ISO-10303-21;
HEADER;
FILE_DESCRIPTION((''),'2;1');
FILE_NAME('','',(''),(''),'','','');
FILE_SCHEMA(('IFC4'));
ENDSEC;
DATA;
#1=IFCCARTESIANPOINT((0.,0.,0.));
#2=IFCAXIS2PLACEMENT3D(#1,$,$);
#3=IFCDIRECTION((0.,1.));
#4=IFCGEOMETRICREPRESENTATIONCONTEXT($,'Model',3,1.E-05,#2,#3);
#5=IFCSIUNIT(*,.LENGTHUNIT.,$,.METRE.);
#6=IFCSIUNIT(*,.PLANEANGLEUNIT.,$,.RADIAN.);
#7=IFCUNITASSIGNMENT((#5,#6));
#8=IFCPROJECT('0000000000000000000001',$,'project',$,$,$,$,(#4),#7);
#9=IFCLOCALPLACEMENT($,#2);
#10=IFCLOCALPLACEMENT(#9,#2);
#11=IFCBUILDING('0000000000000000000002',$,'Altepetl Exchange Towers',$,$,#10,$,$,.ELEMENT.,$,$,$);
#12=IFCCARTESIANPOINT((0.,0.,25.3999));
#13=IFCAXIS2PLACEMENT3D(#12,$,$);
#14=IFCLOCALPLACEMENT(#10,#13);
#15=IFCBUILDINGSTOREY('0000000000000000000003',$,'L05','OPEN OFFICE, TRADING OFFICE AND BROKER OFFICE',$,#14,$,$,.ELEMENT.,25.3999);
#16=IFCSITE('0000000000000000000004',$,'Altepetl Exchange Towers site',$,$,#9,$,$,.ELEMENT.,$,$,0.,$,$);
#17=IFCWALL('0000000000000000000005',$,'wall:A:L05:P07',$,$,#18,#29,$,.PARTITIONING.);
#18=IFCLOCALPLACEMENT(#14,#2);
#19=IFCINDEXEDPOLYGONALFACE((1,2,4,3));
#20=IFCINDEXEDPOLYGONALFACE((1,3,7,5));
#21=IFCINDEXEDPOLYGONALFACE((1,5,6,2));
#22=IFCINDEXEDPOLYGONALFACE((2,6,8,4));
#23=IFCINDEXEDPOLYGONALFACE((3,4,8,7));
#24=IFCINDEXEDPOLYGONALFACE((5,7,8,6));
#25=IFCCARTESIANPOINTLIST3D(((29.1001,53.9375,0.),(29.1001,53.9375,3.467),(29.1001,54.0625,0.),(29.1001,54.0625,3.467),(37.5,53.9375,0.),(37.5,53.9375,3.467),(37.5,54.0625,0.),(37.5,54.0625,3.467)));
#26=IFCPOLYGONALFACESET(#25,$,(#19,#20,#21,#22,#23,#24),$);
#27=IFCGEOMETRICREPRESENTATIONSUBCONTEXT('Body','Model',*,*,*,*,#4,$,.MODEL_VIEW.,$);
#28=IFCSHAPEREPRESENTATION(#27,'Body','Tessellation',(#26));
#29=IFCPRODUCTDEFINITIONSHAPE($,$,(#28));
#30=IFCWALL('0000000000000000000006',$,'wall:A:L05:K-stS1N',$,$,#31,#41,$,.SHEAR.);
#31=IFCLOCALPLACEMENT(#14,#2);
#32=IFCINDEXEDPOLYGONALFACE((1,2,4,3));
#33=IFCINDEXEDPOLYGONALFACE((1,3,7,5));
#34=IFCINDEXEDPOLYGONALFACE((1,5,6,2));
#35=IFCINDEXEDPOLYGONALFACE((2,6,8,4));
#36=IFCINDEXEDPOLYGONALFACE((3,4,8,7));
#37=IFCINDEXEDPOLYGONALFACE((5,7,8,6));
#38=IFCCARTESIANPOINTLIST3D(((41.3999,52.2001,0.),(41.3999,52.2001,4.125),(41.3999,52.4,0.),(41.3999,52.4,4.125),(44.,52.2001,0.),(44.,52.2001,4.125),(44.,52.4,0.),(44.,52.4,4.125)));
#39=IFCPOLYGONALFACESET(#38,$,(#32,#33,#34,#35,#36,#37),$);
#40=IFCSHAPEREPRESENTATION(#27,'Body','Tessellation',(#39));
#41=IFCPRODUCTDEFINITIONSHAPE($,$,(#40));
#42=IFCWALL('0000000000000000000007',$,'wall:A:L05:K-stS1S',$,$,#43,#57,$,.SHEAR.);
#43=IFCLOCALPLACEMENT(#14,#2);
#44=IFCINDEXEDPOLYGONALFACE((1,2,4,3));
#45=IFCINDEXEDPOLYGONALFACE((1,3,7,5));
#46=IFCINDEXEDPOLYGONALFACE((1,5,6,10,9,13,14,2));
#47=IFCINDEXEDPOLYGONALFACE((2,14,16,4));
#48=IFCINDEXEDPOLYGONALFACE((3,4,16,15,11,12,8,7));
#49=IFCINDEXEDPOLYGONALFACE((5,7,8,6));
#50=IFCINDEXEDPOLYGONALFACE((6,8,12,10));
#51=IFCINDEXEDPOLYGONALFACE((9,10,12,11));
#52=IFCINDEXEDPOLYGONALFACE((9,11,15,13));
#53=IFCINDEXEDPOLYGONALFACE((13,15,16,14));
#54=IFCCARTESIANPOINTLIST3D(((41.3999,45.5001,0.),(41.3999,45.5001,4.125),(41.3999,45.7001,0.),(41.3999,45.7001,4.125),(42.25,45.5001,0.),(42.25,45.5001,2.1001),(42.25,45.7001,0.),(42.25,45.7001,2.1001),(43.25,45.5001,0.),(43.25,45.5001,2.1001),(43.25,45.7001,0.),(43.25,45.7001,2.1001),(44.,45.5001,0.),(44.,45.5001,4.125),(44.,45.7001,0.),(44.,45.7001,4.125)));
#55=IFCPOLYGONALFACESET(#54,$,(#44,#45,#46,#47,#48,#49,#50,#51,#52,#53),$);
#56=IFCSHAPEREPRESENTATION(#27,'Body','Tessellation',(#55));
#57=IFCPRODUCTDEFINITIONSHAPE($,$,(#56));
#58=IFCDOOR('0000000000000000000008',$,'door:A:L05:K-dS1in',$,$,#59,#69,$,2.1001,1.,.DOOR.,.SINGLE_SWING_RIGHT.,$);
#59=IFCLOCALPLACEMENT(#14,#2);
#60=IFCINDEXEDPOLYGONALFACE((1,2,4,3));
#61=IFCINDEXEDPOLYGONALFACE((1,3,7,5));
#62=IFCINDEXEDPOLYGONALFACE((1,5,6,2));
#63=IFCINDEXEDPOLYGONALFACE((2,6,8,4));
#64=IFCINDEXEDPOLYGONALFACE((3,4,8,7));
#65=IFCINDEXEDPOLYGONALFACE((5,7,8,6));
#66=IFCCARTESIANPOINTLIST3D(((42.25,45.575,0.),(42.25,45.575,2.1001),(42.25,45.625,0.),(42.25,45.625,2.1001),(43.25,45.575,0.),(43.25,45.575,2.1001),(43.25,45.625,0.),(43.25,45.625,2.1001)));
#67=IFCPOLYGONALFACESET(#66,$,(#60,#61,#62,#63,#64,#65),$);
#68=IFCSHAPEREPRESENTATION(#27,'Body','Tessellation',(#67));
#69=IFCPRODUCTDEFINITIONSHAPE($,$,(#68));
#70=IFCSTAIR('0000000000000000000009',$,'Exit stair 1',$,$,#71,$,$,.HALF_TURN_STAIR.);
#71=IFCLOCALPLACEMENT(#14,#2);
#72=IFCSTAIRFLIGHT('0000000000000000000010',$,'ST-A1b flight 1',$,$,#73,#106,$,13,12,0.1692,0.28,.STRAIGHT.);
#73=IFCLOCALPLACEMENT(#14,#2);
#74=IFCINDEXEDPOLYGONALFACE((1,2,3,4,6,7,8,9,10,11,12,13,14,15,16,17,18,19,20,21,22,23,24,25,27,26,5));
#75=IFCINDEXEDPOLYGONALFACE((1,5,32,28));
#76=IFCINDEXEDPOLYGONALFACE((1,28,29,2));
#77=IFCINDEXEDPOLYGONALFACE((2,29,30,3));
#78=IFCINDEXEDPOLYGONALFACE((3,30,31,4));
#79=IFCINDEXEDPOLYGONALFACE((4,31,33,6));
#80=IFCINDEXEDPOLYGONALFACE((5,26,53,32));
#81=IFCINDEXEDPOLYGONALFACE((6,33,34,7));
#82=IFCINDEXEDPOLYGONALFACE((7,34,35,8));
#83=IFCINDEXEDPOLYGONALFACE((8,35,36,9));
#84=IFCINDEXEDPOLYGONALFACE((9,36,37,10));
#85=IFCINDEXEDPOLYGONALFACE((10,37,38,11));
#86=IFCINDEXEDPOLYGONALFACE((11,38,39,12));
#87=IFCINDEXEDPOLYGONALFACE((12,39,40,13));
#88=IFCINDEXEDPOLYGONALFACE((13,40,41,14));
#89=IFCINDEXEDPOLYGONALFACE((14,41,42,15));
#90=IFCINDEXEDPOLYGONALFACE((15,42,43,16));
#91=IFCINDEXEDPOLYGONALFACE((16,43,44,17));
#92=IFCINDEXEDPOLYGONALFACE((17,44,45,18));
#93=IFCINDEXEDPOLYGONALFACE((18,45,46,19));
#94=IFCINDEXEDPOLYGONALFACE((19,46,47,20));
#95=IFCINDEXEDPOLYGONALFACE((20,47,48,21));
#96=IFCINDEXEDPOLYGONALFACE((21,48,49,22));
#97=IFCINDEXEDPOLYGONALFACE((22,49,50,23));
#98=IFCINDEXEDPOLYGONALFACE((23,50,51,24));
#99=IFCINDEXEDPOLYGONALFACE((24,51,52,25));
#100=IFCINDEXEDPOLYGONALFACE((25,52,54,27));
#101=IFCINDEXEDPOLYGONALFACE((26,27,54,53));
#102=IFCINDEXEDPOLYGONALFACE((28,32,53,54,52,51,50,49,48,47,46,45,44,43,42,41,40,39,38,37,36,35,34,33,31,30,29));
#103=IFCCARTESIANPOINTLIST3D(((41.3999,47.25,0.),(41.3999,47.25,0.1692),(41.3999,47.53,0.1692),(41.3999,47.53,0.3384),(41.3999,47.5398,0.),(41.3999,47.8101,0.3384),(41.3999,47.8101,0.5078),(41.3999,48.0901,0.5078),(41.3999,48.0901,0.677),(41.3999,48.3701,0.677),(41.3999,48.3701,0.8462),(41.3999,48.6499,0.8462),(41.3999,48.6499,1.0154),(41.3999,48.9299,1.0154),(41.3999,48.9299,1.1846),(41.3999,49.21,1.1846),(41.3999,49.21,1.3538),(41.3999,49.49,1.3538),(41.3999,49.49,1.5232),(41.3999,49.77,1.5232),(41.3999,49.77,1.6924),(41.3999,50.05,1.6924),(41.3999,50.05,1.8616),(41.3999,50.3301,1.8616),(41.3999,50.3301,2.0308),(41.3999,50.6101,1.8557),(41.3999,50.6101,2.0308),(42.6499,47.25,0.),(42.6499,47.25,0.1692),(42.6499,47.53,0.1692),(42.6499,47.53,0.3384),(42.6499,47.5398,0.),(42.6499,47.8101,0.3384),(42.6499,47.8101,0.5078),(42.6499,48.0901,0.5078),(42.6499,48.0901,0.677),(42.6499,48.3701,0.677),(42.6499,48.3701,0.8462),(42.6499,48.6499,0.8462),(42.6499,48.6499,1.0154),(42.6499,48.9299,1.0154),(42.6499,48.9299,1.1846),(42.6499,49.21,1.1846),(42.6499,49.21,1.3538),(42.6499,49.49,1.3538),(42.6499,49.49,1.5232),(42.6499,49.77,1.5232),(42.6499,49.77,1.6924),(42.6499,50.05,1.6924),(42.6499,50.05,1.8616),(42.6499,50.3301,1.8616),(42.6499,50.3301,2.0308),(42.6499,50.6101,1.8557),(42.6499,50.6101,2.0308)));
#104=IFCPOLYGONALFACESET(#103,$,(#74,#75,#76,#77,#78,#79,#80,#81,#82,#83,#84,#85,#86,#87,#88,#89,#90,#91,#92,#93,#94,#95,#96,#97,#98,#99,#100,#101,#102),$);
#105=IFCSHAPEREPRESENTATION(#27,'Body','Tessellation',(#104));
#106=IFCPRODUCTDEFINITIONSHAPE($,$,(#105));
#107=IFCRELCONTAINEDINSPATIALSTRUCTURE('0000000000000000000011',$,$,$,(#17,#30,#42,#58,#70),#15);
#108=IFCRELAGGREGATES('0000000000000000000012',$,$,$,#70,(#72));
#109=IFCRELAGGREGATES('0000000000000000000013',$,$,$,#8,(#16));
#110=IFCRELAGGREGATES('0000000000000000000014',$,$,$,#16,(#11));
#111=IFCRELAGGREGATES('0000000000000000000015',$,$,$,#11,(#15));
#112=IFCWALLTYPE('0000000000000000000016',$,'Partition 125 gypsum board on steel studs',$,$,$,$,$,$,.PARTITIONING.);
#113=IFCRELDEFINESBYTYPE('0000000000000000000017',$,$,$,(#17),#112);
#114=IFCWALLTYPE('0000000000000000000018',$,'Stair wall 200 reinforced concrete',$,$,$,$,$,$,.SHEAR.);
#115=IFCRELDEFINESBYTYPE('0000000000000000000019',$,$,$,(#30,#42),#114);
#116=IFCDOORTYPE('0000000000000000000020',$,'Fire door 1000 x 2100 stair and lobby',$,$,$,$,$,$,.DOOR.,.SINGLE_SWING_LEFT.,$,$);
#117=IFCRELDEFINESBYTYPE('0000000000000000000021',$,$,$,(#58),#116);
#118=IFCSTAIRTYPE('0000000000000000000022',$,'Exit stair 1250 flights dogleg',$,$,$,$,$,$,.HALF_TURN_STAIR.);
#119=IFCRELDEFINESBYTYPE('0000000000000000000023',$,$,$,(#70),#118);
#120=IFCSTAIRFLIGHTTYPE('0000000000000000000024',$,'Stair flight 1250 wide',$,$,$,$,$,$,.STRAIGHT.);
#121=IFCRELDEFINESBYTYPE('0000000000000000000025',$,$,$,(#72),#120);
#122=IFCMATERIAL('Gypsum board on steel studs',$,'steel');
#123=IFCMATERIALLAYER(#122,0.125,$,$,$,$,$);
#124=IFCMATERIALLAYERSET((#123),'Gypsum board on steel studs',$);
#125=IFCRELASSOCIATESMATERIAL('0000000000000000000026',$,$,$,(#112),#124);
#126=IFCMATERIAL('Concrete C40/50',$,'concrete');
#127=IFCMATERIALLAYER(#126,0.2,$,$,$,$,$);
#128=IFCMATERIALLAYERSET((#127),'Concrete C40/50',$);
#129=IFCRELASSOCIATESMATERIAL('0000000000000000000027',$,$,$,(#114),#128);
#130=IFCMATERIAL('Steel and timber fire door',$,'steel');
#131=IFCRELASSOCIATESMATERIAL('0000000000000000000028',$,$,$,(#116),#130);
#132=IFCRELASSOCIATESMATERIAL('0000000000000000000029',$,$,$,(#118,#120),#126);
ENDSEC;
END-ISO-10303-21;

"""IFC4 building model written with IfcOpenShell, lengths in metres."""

from ifc_helpers import new_model, si_unit, direction, frame, frame_2d, origin, place, context, subcontext, project, spatial, polyline, rectangle, outline, extrude, material, layer, layer_set, type_object, element, fill, aggregate, save


model = new_model("IFC4")

# Units and contexts
model_context = context("Model", 3, precision=1e-05, world=origin(), true_north=direction((0.0, 1.0)))
body_context = subcontext(model_context, "Body", "Model", "MODEL_VIEW")
ifc_project = project(units=[si_unit("LENGTHUNIT", "METRE"), si_unit("PLANEANGLEUNIT", "RADIAN")], contexts=[model_context])

# Site, building, storey
site_placement = place(None, origin())
site = spatial("IfcSite", under=ifc_project, at=site_placement, Name="Altepetl Exchange Towers site", CompositionType="ELEMENT", RefElevation=0.0)
building_placement = place(site_placement, origin())
building = spatial("IfcBuilding", under=site, at=building_placement, Name="Altepetl Exchange Towers", CompositionType="ELEMENT")
storey_placement = place(building_placement, frame((0.0, 0.0, 25.3999)))
storey = spatial("IfcBuildingStorey", under=building, at=storey_placement, Name="L05", Description="OPEN OFFICE, TRADING OFFICE AND BROKER OFFICE", CompositionType="ELEMENT", Elevation=25.3999)

# Walls
ifc_material_1 = material(Name="Gypsum board on steel studs", Category="steel")
ifc_layer_1 = layer(ifc_material_1, 0.125)
ifc_layer_set_1 = layer_set([ifc_layer_1], Name="Gypsum board on steel studs")
wall_type_1 = type_object("IfcWallType", Name="Partition 125 gypsum board on steel studs", PredefinedType="PARTITIONING", material=ifc_layer_set_1)
wall_1_placement = place(storey_placement, frame((29.1001, 54.0, 0.0)))
element("IfcWall", 1, at=wall_1_placement, inside=storey, type_object=wall_type_1, Name="wall:A:L05:P07", PredefinedType="PARTITIONING", context=body_context, shape_type="SweptSolid", body=[
    extrude(rectangle(XDim=8.3999, YDim=0.125, at=frame_2d((4.2, 0.0))), origin(), (0.0, 0.0, 1.0), 3.467),
])
ifc_material_2 = material(Name="Concrete C40/50", Category="concrete")
ifc_layer_2 = layer(ifc_material_2, 0.2)
ifc_layer_set_2 = layer_set([ifc_layer_2], Name="Concrete C40/50")
wall_type_2 = type_object("IfcWallType", Name="Stair wall 200 reinforced concrete", PredefinedType="SHEAR", material=ifc_layer_set_2)
wall_2_placement = place(storey_placement, frame((41.3999, 52.3, 0.0)))
element("IfcWall", 2, at=wall_2_placement, inside=storey, type_object=wall_type_2, Name="wall:A:L05:K-stS1N", PredefinedType="SHEAR", context=body_context, shape_type="SweptSolid", body=[
    extrude(rectangle(XDim=2.6001, YDim=0.2, at=frame_2d((1.3, 0.0))), origin(), (0.0, 0.0, 1.0), 4.125),
])

# Wall, opening, door
wall_3_placement = place(storey_placement, frame((41.3999, 45.6001, 0.0)))
wall_3 = element("IfcWall", 3, at=wall_3_placement, inside=storey, type_object=wall_type_2, Name="wall:A:L05:K-stS1S", PredefinedType="SHEAR", context=body_context, shape_type="SweptSolid", body=[
    extrude(rectangle(XDim=2.6001, YDim=0.2, at=frame_2d((1.3, 0.0))), origin(), (0.0, 0.0, 1.0), 4.125),
])
opening_placement = place(wall_3_placement, frame((0.8501, 0.0, 0.0)))
opening = element("IfcOpeningElement", 4, at=opening_placement, cuts=wall_3, PredefinedType="OPENING", context=body_context, shape_type="SweptSolid", body=[
    extrude(rectangle(XDim=1.0, YDim=2.1001, at=frame_2d((0.5, 1.05))), frame((0.0, 0.1099, 0.0), z_axis=(0.0, -1.0, 0.0), x_axis=(1.0, 0.0, 0.0)), (0.0, 0.0, 1.0), 0.22),
])
ifc_material_3 = material(Name="Steel and timber fire door", Category="steel")
door_type = type_object("IfcDoorType", Name="Fire door 1000 x 2100 stair and lobby", OperationType="SINGLE_SWING_LEFT", PredefinedType="DOOR", material=ifc_material_3)
door_placement = place(opening_placement, origin())
door = element("IfcDoor", 5, at=door_placement, inside=storey, type_object=door_type, Name="door:A:L05:K-dS1in", OperationType="SINGLE_SWING_RIGHT", OverallHeight=2.1001, OverallWidth=1.0, PredefinedType="DOOR", context=body_context, shape_type="SweptSolid", body=[
    extrude(rectangle(XDim=1.0, YDim=2.1001, at=frame_2d((0.5, 1.05))), frame((0.0, 0.0249, 0.0), z_axis=(0.0, -1.0, 0.0), x_axis=(1.0, 0.0, 0.0)), (0.0, 0.0, 1.0), 0.05),
])
fill(opening, door)

# Stair, stair flight
stair_type = type_object("IfcStairType", Name="Exit stair 1250 flights dogleg", PredefinedType="HALF_TURN_STAIR", material=ifc_material_2)
stair_placement = place(storey_placement, origin())
stair = element("IfcStair", 6, at=stair_placement, inside=storey, type_object=stair_type, Name="Exit stair 1", PredefinedType="HALF_TURN_STAIR")
stair_flight_type = type_object("IfcStairFlightType", Name="Stair flight 1250 wide", PredefinedType="STRAIGHT", material=ifc_material_2)
stair_flight_placement = place(storey_placement, frame((42.0249, 47.25, 0.0), z_axis=(0.0, 0.0, 1.0), x_axis=(0.0, 1.0, 0.0)))
stair_flight = element("IfcStairFlight", 7, at=stair_flight_placement, type_object=stair_flight_type, Name="ST-A1b flight 1", NumberOfRisers=13, NumberOfTreads=12, PredefinedType="STRAIGHT", RiserHeight=0.1692, TreadLength=0.28, context=body_context, shape_type="SweptSolid", body=[
    extrude(outline(polyline([(0.0, 0.0), (0.0, 0.1692), (0.28, 0.1692), (0.28, 0.3384), (0.5601, 0.3384), (0.5601, 0.5078), (0.8401, 0.5078), (0.8401, 0.677), (1.1201, 0.677), (1.1201, 0.8462), (1.3999, 0.8462), (1.3999, 1.0154), (1.6799, 1.0154), (1.6799, 1.1846), (1.96, 1.1846), (1.96, 1.3538), (2.24, 1.3538), (2.24, 1.5232), (2.52, 1.5232), (2.52, 1.6924), (2.8, 1.6924), (2.8, 1.8616), (3.0801, 1.8616), (3.0801, 2.0308), (3.3601, 2.0308), (3.3601, 2.2), (3.3601, 1.8557), (0.2898, 0.0), (0.0, 0.0)])), frame((0.0, 0.625, 0.0), z_axis=(0.0, -1.0, 0.0), x_axis=(1.0, 0.0, 0.0)), (0.0, 0.0, 1.0), 1.25),
])
aggregate(stair, [stair_flight])

save(model, "model.ifc")
